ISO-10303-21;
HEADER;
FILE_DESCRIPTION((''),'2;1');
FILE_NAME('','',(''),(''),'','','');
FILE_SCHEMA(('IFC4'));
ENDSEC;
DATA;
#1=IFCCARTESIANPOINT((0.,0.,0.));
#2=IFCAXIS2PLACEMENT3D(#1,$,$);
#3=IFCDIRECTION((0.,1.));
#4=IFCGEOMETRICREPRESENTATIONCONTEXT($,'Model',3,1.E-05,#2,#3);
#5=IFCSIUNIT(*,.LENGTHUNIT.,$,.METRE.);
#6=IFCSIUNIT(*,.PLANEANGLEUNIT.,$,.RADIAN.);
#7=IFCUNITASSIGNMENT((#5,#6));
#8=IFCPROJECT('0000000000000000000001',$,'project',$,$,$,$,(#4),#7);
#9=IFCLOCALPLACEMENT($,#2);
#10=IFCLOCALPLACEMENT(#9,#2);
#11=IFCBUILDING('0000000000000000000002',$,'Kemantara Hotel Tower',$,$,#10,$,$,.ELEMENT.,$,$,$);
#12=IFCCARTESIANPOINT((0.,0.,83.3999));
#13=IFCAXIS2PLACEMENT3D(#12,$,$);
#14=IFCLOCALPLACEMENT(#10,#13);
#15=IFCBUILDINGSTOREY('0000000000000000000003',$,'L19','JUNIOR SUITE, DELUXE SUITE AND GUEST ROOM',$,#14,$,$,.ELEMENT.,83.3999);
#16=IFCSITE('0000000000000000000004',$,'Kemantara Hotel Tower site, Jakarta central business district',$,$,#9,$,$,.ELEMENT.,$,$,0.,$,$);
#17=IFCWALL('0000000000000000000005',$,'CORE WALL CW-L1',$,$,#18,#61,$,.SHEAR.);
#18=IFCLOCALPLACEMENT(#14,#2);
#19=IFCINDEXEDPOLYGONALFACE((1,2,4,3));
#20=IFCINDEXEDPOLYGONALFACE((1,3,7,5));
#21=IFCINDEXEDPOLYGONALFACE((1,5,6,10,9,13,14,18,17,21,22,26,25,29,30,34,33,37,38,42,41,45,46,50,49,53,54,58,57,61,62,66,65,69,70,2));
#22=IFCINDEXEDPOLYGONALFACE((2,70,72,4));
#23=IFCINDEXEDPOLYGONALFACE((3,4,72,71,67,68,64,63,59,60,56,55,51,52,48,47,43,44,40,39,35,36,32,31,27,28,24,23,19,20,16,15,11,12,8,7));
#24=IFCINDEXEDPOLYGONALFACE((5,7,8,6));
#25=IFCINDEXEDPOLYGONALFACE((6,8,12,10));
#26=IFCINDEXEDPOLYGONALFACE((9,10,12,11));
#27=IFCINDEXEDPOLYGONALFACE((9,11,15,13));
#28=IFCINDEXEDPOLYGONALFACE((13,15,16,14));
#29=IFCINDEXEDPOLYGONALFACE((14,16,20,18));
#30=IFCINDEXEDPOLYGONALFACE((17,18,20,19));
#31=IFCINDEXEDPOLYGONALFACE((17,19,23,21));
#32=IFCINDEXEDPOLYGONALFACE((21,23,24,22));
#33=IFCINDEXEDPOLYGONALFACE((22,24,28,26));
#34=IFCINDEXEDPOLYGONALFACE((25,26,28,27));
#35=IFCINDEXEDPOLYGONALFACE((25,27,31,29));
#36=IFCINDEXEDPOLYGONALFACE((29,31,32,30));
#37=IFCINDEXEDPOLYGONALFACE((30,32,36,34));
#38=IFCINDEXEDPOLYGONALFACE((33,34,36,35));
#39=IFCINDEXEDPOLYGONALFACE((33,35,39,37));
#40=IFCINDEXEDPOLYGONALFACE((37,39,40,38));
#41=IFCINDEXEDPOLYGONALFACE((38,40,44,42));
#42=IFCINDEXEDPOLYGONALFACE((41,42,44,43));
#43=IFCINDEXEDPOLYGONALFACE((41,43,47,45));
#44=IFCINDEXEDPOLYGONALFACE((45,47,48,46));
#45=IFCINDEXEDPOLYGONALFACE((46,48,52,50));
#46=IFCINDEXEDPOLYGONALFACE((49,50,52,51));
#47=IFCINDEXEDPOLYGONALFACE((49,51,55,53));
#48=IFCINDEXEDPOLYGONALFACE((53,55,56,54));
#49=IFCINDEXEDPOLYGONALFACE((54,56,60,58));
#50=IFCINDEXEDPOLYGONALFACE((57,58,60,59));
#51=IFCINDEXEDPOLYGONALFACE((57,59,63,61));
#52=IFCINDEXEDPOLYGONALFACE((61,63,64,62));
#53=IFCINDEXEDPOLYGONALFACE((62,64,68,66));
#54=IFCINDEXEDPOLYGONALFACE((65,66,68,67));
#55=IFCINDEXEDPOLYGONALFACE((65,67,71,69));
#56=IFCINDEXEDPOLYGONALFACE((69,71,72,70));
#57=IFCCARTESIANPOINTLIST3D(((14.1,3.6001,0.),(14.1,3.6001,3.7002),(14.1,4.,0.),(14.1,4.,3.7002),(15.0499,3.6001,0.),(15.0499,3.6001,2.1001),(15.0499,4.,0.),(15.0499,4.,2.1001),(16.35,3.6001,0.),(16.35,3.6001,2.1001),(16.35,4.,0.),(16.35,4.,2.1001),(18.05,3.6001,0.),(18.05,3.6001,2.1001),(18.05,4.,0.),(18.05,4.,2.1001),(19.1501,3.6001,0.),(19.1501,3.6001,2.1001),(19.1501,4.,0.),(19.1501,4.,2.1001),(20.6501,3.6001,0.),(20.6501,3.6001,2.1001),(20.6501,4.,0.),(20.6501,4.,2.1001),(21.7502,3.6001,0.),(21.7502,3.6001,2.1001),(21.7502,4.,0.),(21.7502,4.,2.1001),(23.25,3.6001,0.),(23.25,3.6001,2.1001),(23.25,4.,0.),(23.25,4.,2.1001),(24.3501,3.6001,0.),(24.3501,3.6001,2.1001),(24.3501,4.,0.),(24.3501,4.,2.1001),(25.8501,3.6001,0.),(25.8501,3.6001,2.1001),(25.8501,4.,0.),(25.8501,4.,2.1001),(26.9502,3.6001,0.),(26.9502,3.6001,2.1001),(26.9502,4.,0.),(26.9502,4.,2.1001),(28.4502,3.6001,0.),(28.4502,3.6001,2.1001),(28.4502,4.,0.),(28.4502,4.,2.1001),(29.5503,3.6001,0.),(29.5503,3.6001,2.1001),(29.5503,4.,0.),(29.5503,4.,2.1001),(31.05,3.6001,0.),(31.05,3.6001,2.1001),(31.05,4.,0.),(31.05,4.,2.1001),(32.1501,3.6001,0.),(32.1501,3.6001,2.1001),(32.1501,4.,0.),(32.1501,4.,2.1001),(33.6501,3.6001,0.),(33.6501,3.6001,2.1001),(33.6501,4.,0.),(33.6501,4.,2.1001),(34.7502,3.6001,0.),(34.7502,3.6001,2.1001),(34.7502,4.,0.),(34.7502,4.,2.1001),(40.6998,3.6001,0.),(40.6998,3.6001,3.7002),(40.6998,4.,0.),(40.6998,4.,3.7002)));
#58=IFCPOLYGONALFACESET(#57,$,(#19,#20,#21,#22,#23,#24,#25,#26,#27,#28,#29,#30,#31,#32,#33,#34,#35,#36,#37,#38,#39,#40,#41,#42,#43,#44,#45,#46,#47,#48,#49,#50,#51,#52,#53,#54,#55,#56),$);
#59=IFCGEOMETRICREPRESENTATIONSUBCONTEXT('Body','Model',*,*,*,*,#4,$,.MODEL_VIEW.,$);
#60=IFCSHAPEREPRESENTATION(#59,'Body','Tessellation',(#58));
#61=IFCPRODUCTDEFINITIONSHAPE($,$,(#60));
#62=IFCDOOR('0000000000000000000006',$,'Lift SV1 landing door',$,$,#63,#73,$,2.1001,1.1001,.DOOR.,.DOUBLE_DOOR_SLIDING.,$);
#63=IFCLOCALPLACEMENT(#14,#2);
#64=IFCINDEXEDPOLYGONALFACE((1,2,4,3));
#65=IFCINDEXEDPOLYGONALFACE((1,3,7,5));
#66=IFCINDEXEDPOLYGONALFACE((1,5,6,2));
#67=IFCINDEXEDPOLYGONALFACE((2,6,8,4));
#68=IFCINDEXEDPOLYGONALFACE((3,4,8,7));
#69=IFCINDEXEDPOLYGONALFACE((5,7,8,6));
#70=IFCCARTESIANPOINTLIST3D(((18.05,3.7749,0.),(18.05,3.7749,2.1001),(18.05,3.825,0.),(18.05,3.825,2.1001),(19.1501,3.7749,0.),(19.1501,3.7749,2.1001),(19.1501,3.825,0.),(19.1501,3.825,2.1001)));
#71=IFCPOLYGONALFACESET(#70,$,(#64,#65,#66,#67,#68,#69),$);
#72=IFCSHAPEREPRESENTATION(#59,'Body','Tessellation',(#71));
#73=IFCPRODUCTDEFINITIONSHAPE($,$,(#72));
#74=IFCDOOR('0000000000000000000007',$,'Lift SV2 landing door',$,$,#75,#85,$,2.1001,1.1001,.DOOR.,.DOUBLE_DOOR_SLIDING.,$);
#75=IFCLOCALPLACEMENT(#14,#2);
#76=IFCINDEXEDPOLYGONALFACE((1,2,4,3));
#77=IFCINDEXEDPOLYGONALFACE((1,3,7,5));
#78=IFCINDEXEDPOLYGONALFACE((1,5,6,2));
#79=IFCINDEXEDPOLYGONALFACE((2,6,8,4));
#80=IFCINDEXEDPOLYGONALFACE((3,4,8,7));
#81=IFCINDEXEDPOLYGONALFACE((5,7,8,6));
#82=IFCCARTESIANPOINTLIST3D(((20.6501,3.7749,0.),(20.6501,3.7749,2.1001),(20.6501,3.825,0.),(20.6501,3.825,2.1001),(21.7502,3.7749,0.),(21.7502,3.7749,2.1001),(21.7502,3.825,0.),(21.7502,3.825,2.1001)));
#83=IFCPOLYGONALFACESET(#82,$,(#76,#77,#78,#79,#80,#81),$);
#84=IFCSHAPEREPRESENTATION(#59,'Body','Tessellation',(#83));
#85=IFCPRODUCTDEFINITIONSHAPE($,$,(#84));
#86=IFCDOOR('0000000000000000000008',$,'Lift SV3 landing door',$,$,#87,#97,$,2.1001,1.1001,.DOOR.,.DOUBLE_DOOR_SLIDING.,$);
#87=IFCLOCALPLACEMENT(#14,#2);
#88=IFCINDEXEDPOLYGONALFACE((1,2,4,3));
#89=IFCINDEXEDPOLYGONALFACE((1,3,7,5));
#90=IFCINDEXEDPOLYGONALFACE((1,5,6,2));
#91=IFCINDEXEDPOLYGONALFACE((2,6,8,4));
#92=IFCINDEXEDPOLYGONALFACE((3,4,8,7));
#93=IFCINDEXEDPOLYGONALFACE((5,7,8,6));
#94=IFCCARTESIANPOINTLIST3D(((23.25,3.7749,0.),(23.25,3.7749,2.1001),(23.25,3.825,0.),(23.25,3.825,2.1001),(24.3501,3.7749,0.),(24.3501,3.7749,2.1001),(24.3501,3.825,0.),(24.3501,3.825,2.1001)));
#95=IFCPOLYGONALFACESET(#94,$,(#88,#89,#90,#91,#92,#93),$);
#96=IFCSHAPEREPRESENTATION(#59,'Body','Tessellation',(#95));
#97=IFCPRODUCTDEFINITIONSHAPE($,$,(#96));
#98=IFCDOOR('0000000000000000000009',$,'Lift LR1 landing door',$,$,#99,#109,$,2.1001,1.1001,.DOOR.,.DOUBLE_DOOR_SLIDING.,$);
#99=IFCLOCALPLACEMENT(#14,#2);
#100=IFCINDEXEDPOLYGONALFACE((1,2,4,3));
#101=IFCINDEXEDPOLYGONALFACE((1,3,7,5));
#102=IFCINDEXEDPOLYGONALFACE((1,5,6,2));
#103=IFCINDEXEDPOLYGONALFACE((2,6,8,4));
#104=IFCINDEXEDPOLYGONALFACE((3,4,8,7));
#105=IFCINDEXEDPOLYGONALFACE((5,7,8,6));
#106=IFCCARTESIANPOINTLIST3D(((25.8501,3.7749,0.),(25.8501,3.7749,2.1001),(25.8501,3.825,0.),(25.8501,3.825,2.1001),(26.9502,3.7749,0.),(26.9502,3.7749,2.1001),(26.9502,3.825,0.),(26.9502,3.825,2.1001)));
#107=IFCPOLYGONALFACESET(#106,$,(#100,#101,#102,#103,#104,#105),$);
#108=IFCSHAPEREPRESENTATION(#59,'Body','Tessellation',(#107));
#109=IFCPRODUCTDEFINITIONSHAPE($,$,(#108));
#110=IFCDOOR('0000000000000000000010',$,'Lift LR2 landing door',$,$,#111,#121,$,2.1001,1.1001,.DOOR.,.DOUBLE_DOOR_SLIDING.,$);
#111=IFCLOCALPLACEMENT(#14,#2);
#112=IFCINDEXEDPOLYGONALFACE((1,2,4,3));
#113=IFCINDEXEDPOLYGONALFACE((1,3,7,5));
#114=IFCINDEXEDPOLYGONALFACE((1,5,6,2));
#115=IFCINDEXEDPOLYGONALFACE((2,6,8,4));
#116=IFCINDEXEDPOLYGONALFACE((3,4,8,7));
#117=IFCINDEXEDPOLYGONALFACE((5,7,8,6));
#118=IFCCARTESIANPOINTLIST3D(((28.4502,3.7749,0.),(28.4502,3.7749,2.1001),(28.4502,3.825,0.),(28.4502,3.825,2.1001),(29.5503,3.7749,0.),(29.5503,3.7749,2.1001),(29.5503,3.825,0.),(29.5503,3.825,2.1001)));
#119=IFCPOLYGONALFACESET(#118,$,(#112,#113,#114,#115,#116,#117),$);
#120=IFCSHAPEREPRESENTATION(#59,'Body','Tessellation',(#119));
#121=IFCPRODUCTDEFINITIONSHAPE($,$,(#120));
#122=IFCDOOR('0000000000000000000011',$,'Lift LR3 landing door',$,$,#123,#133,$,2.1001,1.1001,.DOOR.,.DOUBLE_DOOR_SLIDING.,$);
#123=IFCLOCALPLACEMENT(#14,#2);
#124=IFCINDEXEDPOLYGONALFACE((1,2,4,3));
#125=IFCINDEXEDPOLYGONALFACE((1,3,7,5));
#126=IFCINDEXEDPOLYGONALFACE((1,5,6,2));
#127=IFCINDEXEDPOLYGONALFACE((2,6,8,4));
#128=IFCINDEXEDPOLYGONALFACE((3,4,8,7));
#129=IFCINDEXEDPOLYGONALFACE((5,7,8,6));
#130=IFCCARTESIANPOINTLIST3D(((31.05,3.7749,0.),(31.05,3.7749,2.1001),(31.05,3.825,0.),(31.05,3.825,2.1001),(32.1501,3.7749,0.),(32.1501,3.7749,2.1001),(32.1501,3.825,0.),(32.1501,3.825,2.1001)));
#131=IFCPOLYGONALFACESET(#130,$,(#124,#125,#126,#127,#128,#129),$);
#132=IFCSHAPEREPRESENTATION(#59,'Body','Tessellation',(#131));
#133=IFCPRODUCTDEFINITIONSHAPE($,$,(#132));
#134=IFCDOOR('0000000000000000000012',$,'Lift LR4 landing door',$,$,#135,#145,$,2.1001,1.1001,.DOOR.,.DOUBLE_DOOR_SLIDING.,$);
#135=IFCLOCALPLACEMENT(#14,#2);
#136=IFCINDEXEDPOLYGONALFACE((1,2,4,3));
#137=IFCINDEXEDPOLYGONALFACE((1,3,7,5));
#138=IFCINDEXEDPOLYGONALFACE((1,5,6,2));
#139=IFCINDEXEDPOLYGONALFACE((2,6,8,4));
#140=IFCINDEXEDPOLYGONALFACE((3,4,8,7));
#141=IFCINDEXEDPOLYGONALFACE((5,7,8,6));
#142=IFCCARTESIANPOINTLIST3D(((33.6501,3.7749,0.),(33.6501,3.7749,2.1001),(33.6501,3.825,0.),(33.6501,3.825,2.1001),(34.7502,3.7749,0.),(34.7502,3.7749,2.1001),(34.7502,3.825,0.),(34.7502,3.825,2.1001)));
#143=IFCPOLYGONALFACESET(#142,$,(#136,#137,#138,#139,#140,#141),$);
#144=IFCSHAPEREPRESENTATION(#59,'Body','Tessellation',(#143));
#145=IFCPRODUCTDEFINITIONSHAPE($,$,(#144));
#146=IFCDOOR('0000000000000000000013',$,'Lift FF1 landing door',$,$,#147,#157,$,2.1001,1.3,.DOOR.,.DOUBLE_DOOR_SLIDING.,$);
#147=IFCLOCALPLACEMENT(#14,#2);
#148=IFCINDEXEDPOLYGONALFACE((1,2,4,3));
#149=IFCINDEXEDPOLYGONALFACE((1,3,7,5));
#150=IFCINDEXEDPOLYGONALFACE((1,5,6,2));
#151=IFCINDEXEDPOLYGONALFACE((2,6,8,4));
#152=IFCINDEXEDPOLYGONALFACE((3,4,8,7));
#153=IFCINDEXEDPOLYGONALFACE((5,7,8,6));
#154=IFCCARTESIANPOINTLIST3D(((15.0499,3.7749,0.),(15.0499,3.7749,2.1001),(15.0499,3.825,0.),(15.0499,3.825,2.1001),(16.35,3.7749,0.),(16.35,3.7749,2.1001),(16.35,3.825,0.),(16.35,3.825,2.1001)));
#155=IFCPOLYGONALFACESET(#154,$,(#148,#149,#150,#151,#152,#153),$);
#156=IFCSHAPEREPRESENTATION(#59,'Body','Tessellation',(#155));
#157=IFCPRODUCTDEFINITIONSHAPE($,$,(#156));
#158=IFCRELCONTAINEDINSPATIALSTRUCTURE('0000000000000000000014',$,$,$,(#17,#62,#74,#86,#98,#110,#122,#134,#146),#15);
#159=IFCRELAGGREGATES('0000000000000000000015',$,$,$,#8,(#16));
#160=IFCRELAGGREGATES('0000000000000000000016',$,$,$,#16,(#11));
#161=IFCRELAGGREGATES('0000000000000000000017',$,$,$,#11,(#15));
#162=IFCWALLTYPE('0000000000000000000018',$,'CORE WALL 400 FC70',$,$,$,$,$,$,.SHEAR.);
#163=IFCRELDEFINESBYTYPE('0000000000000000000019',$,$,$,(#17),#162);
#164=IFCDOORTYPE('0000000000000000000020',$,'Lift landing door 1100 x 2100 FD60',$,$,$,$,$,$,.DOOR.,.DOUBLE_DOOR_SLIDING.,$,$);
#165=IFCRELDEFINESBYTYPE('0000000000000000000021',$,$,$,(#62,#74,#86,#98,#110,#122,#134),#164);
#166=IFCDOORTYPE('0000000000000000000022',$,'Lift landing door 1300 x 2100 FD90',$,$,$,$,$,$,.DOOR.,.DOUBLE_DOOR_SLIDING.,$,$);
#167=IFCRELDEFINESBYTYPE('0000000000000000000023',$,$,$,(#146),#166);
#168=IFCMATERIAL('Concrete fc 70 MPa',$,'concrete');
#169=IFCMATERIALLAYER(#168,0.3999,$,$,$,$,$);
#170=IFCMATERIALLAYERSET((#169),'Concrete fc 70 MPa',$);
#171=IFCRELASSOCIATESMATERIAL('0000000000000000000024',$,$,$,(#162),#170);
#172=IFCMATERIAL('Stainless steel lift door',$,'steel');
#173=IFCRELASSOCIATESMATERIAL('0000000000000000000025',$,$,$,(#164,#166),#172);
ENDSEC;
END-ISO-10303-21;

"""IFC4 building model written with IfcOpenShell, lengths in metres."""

from ifc_helpers import new_model, si_unit, direction, frame, frame_2d, origin, place, context, subcontext, project, spatial, rectangle, extrude, material, layer, layer_set, type_object, element, fill, save


model = new_model("IFC4")

# Units and contexts
model_context = context("Model", 3, precision=1e-05, world=origin(), true_north=direction((0.0, 1.0)))
body_context = subcontext(model_context, "Body", "Model", "MODEL_VIEW")
ifc_project = project(units=[si_unit("LENGTHUNIT", "METRE"), si_unit("PLANEANGLEUNIT", "RADIAN")], contexts=[model_context])

# Site, building, storey
site_placement = place(None, origin())
site = spatial("IfcSite", under=ifc_project, at=site_placement, Name="Kemantara Hotel Tower site, Jakarta central business district", CompositionType="ELEMENT", RefElevation=0.0)
building_placement = place(site_placement, origin())
building = spatial("IfcBuilding", under=site, at=building_placement, Name="Kemantara Hotel Tower", CompositionType="ELEMENT")
storey_placement = place(building_placement, frame((0.0, 0.0, 83.3999)))
storey = spatial("IfcBuildingStorey", under=building, at=storey_placement, Name="L19", Description="JUNIOR SUITE, DELUXE SUITE AND GUEST ROOM", CompositionType="ELEMENT", Elevation=83.3999)

# Wall, openings, doors
ifc_material_1 = material(Name="Concrete fc 70 MPa", Category="concrete")
ifc_layer_1 = layer(ifc_material_1, 0.3999)
ifc_layer_set_1 = layer_set([ifc_layer_1], Name="Concrete fc 70 MPa")
wall_type_1 = type_object("IfcWallType", Name="CORE WALL 400 FC70", PredefinedType="SHEAR", material=ifc_layer_set_1)
wall_1_placement = place(storey_placement, frame((14.1001, 3.8, 0.0), z_axis=(0.0, 0.0, 1.0), x_axis=(1.0, 0.0, 0.0)))
wall_1 = element("IfcWall", 1, at=wall_1_placement, inside=storey, type_object=wall_type_1, Name="CORE WALL CW-L1", PredefinedType="SHEAR", context=body_context, shape_type="SweptSolid", body=[
    extrude(rectangle(XDim=26.5999, YDim=0.3999, at=frame_2d((13.2998, 0.0))), origin(), (0.0, 0.0, 1.0), 3.7002),
])
opening_1_placement = place(wall_1_placement, frame((0.95, 0.0, 0.0)))
opening_1 = element("IfcOpeningElement", 2, at=opening_1_placement, cuts=wall_1, PredefinedType="OPENING", context=body_context, shape_type="SweptSolid", body=[
    extrude(rectangle(XDim=1.3, YDim=2.1001, at=frame_2d((0.6499, 1.05))), frame((0.0, 0.21, 0.0), z_axis=(0.0, -1.0, 0.0), x_axis=(1.0, 0.0, 0.0)), (0.0, 0.0, 1.0), 0.4199),
])
opening_2_placement = place(wall_1_placement, frame((3.95, 0.0, 0.0)))
opening_2 = element("IfcOpeningElement", 3, at=opening_2_placement, cuts=wall_1, PredefinedType="OPENING", context=body_context, shape_type="SweptSolid", body=[
    extrude(rectangle(XDim=1.1001, YDim=2.1001, at=frame_2d((0.55, 1.05))), frame((0.0, 0.21, 0.0), z_axis=(0.0, -1.0, 0.0), x_axis=(1.0, 0.0, 0.0)), (0.0, 0.0, 1.0), 0.4199),
])
opening_3_placement = place(wall_1_placement, frame((6.55, 0.0, 0.0)))
opening_3 = element("IfcOpeningElement", 4, at=opening_3_placement, cuts=wall_1, PredefinedType="OPENING", context=body_context, shape_type="SweptSolid", body=[
    extrude(rectangle(XDim=1.1001, YDim=2.1001, at=frame_2d((0.55, 1.05))), frame((0.0, 0.21, 0.0), z_axis=(0.0, -1.0, 0.0), x_axis=(1.0, 0.0, 0.0)), (0.0, 0.0, 1.0), 0.4199),
])
opening_4_placement = place(wall_1_placement, frame((9.1499, 0.0, 0.0)))
opening_4 = element("IfcOpeningElement", 5, at=opening_4_placement, cuts=wall_1, PredefinedType="OPENING", context=body_context, shape_type="SweptSolid", body=[
    extrude(rectangle(XDim=1.1001, YDim=2.1001, at=frame_2d((0.55, 1.05))), frame((0.0, 0.21, 0.0), z_axis=(0.0, -1.0, 0.0), x_axis=(1.0, 0.0, 0.0)), (0.0, 0.0, 1.0), 0.4199),
])
opening_5_placement = place(wall_1_placement, frame((11.75, 0.0, 0.0)))
opening_5 = element("IfcOpeningElement", 6, at=opening_5_placement, cuts=wall_1, PredefinedType="OPENING", context=body_context, shape_type="SweptSolid", body=[
    extrude(rectangle(XDim=1.1001, YDim=2.1001, at=frame_2d((0.55, 1.05))), frame((0.0, 0.21, 0.0), z_axis=(0.0, -1.0, 0.0), x_axis=(1.0, 0.0, 0.0)), (0.0, 0.0, 1.0), 0.4199),
])
opening_6_placement = place(wall_1_placement, frame((14.3501, 0.0, 0.0)))
opening_6 = element("IfcOpeningElement", 7, at=opening_6_placement, cuts=wall_1, PredefinedType="OPENING", context=body_context, shape_type="SweptSolid", body=[
    extrude(rectangle(XDim=1.1001, YDim=2.1001, at=frame_2d((0.55, 1.05))), frame((0.0, 0.21, 0.0), z_axis=(0.0, -1.0, 0.0), x_axis=(1.0, 0.0, 0.0)), (0.0, 0.0, 1.0), 0.4199),
])
opening_7_placement = place(wall_1_placement, frame((16.95, 0.0, 0.0)))
opening_7 = element("IfcOpeningElement", 8, at=opening_7_placement, cuts=wall_1, PredefinedType="OPENING", context=body_context, shape_type="SweptSolid", body=[
    extrude(rectangle(XDim=1.1001, YDim=2.1001, at=frame_2d((0.55, 1.05))), frame((0.0, 0.21, 0.0), z_axis=(0.0, -1.0, 0.0), x_axis=(1.0, 0.0, 0.0)), (0.0, 0.0, 1.0), 0.4199),
])
opening_8_placement = place(wall_1_placement, frame((19.55, 0.0, 0.0)))
opening_8 = element("IfcOpeningElement", 9, at=opening_8_placement, cuts=wall_1, PredefinedType="OPENING", context=body_context, shape_type="SweptSolid", body=[
    extrude(rectangle(XDim=1.1001, YDim=2.1001, at=frame_2d((0.55, 1.05))), frame((0.0, 0.21, 0.0), z_axis=(0.0, -1.0, 0.0), x_axis=(1.0, 0.0, 0.0)), (0.0, 0.0, 1.0), 0.4199),
])
ifc_material_2 = material(Name="Stainless steel lift door", Category="steel")
door_type_1 = type_object("IfcDoorType", Name="Lift landing door 1100 x 2100 FD60", OperationType="DOUBLE_DOOR_SLIDING", PredefinedType="DOOR", material=ifc_material_2)
door_1_placement = place(opening_2_placement, origin())
door_1 = element("IfcDoor", 10, at=door_1_placement, inside=storey, type_object=door_type_1, Name="Lift SV1 landing door", OperationType="DOUBLE_DOOR_SLIDING", OverallHeight=2.1001, OverallWidth=1.1001, PredefinedType="DOOR", context=body_context, shape_type="SweptSolid", body=[
    extrude(rectangle(XDim=1.1001, YDim=2.1001, at=frame_2d((0.55, 1.05))), frame((0.0, 0.0249, 0.0), z_axis=(0.0, -1.0, 0.0), x_axis=(1.0, 0.0, 0.0)), (0.0, 0.0, 1.0), 0.05),
])
fill(opening_2, door_1)
door_2_placement = place(opening_3_placement, origin())
door_2 = element("IfcDoor", 11, at=door_2_placement, inside=storey, type_object=door_type_1, Name="Lift SV2 landing door", OperationType="DOUBLE_DOOR_SLIDING", OverallHeight=2.1001, OverallWidth=1.1001, PredefinedType="DOOR", context=body_context, shape_type="SweptSolid", body=[
    extrude(rectangle(XDim=1.1001, YDim=2.1001, at=frame_2d((0.55, 1.05))), frame((0.0, 0.0249, 0.0), z_axis=(0.0, -1.0, 0.0), x_axis=(1.0, 0.0, 0.0)), (0.0, 0.0, 1.0), 0.05),
])
fill(opening_3, door_2)
door_3_placement = place(opening_4_placement, origin())
door_3 = element("IfcDoor", 12, at=door_3_placement, inside=storey, type_object=door_type_1, Name="Lift SV3 landing door", OperationType="DOUBLE_DOOR_SLIDING", OverallHeight=2.1001, OverallWidth=1.1001, PredefinedType="DOOR", context=body_context, shape_type="SweptSolid", body=[
    extrude(rectangle(XDim=1.1001, YDim=2.1001, at=frame_2d((0.55, 1.05))), frame((0.0, 0.0249, 0.0), z_axis=(0.0, -1.0, 0.0), x_axis=(1.0, 0.0, 0.0)), (0.0, 0.0, 1.0), 0.05),
])
fill(opening_4, door_3)
door_4_placement = place(opening_5_placement, origin())
door_4 = element("IfcDoor", 13, at=door_4_placement, inside=storey, type_object=door_type_1, Name="Lift LR1 landing door", OperationType="DOUBLE_DOOR_SLIDING", OverallHeight=2.1001, OverallWidth=1.1001, PredefinedType="DOOR", context=body_context, shape_type="SweptSolid", body=[
    extrude(rectangle(XDim=1.1001, YDim=2.1001, at=frame_2d((0.55, 1.05))), frame((0.0, 0.0249, 0.0), z_axis=(0.0, -1.0, 0.0), x_axis=(1.0, 0.0, 0.0)), (0.0, 0.0, 1.0), 0.05),
])
fill(opening_5, door_4)
door_5_placement = place(opening_6_placement, origin())
door_5 = element("IfcDoor", 14, at=door_5_placement, inside=storey, type_object=door_type_1, Name="Lift LR2 landing door", OperationType="DOUBLE_DOOR_SLIDING", OverallHeight=2.1001, OverallWidth=1.1001, PredefinedType="DOOR", context=body_context, shape_type="SweptSolid", body=[
    extrude(rectangle(XDim=1.1001, YDim=2.1001, at=frame_2d((0.55, 1.05))), frame((0.0, 0.0249, 0.0), z_axis=(0.0, -1.0, 0.0), x_axis=(1.0, 0.0, 0.0)), (0.0, 0.0, 1.0), 0.05),
])
fill(opening_6, door_5)
door_6_placement = place(opening_7_placement, origin())
door_6 = element("IfcDoor", 15, at=door_6_placement, inside=storey, type_object=door_type_1, Name="Lift LR3 landing door", OperationType="DOUBLE_DOOR_SLIDING", OverallHeight=2.1001, OverallWidth=1.1001, PredefinedType="DOOR", context=body_context, shape_type="SweptSolid", body=[
    extrude(rectangle(XDim=1.1001, YDim=2.1001, at=frame_2d((0.55, 1.05))), frame((0.0, 0.0249, 0.0), z_axis=(0.0, -1.0, 0.0), x_axis=(1.0, 0.0, 0.0)), (0.0, 0.0, 1.0), 0.05),
])
fill(opening_7, door_6)
door_7_placement = place(opening_8_placement, origin())
door_7 = element("IfcDoor", 16, at=door_7_placement, inside=storey, type_object=door_type_1, Name="Lift LR4 landing door", OperationType="DOUBLE_DOOR_SLIDING", OverallHeight=2.1001, OverallWidth=1.1001, PredefinedType="DOOR", context=body_context, shape_type="SweptSolid", body=[
    extrude(rectangle(XDim=1.1001, YDim=2.1001, at=frame_2d((0.55, 1.05))), frame((0.0, 0.0249, 0.0), z_axis=(0.0, -1.0, 0.0), x_axis=(1.0, 0.0, 0.0)), (0.0, 0.0, 1.0), 0.05),
])
fill(opening_8, door_7)
door_type_2 = type_object("IfcDoorType", Name="Lift landing door 1300 x 2100 FD90", OperationType="DOUBLE_DOOR_SLIDING", PredefinedType="DOOR", material=ifc_material_2)
door_8_placement = place(opening_1_placement, origin())
door_8 = element("IfcDoor", 17, at=door_8_placement, inside=storey, type_object=door_type_2, Name="Lift FF1 landing door", OperationType="DOUBLE_DOOR_SLIDING", OverallHeight=2.1001, OverallWidth=1.3, PredefinedType="DOOR", context=body_context, shape_type="SweptSolid", body=[
    extrude(rectangle(XDim=1.3, YDim=2.1001, at=frame_2d((0.6499, 1.05))), frame((0.0, 0.0249, 0.0), z_axis=(0.0, -1.0, 0.0), x_axis=(1.0, 0.0, 0.0)), (0.0, 0.0, 1.0), 0.05),
])
fill(opening_1, door_8)

save(model, "model.ifc")
